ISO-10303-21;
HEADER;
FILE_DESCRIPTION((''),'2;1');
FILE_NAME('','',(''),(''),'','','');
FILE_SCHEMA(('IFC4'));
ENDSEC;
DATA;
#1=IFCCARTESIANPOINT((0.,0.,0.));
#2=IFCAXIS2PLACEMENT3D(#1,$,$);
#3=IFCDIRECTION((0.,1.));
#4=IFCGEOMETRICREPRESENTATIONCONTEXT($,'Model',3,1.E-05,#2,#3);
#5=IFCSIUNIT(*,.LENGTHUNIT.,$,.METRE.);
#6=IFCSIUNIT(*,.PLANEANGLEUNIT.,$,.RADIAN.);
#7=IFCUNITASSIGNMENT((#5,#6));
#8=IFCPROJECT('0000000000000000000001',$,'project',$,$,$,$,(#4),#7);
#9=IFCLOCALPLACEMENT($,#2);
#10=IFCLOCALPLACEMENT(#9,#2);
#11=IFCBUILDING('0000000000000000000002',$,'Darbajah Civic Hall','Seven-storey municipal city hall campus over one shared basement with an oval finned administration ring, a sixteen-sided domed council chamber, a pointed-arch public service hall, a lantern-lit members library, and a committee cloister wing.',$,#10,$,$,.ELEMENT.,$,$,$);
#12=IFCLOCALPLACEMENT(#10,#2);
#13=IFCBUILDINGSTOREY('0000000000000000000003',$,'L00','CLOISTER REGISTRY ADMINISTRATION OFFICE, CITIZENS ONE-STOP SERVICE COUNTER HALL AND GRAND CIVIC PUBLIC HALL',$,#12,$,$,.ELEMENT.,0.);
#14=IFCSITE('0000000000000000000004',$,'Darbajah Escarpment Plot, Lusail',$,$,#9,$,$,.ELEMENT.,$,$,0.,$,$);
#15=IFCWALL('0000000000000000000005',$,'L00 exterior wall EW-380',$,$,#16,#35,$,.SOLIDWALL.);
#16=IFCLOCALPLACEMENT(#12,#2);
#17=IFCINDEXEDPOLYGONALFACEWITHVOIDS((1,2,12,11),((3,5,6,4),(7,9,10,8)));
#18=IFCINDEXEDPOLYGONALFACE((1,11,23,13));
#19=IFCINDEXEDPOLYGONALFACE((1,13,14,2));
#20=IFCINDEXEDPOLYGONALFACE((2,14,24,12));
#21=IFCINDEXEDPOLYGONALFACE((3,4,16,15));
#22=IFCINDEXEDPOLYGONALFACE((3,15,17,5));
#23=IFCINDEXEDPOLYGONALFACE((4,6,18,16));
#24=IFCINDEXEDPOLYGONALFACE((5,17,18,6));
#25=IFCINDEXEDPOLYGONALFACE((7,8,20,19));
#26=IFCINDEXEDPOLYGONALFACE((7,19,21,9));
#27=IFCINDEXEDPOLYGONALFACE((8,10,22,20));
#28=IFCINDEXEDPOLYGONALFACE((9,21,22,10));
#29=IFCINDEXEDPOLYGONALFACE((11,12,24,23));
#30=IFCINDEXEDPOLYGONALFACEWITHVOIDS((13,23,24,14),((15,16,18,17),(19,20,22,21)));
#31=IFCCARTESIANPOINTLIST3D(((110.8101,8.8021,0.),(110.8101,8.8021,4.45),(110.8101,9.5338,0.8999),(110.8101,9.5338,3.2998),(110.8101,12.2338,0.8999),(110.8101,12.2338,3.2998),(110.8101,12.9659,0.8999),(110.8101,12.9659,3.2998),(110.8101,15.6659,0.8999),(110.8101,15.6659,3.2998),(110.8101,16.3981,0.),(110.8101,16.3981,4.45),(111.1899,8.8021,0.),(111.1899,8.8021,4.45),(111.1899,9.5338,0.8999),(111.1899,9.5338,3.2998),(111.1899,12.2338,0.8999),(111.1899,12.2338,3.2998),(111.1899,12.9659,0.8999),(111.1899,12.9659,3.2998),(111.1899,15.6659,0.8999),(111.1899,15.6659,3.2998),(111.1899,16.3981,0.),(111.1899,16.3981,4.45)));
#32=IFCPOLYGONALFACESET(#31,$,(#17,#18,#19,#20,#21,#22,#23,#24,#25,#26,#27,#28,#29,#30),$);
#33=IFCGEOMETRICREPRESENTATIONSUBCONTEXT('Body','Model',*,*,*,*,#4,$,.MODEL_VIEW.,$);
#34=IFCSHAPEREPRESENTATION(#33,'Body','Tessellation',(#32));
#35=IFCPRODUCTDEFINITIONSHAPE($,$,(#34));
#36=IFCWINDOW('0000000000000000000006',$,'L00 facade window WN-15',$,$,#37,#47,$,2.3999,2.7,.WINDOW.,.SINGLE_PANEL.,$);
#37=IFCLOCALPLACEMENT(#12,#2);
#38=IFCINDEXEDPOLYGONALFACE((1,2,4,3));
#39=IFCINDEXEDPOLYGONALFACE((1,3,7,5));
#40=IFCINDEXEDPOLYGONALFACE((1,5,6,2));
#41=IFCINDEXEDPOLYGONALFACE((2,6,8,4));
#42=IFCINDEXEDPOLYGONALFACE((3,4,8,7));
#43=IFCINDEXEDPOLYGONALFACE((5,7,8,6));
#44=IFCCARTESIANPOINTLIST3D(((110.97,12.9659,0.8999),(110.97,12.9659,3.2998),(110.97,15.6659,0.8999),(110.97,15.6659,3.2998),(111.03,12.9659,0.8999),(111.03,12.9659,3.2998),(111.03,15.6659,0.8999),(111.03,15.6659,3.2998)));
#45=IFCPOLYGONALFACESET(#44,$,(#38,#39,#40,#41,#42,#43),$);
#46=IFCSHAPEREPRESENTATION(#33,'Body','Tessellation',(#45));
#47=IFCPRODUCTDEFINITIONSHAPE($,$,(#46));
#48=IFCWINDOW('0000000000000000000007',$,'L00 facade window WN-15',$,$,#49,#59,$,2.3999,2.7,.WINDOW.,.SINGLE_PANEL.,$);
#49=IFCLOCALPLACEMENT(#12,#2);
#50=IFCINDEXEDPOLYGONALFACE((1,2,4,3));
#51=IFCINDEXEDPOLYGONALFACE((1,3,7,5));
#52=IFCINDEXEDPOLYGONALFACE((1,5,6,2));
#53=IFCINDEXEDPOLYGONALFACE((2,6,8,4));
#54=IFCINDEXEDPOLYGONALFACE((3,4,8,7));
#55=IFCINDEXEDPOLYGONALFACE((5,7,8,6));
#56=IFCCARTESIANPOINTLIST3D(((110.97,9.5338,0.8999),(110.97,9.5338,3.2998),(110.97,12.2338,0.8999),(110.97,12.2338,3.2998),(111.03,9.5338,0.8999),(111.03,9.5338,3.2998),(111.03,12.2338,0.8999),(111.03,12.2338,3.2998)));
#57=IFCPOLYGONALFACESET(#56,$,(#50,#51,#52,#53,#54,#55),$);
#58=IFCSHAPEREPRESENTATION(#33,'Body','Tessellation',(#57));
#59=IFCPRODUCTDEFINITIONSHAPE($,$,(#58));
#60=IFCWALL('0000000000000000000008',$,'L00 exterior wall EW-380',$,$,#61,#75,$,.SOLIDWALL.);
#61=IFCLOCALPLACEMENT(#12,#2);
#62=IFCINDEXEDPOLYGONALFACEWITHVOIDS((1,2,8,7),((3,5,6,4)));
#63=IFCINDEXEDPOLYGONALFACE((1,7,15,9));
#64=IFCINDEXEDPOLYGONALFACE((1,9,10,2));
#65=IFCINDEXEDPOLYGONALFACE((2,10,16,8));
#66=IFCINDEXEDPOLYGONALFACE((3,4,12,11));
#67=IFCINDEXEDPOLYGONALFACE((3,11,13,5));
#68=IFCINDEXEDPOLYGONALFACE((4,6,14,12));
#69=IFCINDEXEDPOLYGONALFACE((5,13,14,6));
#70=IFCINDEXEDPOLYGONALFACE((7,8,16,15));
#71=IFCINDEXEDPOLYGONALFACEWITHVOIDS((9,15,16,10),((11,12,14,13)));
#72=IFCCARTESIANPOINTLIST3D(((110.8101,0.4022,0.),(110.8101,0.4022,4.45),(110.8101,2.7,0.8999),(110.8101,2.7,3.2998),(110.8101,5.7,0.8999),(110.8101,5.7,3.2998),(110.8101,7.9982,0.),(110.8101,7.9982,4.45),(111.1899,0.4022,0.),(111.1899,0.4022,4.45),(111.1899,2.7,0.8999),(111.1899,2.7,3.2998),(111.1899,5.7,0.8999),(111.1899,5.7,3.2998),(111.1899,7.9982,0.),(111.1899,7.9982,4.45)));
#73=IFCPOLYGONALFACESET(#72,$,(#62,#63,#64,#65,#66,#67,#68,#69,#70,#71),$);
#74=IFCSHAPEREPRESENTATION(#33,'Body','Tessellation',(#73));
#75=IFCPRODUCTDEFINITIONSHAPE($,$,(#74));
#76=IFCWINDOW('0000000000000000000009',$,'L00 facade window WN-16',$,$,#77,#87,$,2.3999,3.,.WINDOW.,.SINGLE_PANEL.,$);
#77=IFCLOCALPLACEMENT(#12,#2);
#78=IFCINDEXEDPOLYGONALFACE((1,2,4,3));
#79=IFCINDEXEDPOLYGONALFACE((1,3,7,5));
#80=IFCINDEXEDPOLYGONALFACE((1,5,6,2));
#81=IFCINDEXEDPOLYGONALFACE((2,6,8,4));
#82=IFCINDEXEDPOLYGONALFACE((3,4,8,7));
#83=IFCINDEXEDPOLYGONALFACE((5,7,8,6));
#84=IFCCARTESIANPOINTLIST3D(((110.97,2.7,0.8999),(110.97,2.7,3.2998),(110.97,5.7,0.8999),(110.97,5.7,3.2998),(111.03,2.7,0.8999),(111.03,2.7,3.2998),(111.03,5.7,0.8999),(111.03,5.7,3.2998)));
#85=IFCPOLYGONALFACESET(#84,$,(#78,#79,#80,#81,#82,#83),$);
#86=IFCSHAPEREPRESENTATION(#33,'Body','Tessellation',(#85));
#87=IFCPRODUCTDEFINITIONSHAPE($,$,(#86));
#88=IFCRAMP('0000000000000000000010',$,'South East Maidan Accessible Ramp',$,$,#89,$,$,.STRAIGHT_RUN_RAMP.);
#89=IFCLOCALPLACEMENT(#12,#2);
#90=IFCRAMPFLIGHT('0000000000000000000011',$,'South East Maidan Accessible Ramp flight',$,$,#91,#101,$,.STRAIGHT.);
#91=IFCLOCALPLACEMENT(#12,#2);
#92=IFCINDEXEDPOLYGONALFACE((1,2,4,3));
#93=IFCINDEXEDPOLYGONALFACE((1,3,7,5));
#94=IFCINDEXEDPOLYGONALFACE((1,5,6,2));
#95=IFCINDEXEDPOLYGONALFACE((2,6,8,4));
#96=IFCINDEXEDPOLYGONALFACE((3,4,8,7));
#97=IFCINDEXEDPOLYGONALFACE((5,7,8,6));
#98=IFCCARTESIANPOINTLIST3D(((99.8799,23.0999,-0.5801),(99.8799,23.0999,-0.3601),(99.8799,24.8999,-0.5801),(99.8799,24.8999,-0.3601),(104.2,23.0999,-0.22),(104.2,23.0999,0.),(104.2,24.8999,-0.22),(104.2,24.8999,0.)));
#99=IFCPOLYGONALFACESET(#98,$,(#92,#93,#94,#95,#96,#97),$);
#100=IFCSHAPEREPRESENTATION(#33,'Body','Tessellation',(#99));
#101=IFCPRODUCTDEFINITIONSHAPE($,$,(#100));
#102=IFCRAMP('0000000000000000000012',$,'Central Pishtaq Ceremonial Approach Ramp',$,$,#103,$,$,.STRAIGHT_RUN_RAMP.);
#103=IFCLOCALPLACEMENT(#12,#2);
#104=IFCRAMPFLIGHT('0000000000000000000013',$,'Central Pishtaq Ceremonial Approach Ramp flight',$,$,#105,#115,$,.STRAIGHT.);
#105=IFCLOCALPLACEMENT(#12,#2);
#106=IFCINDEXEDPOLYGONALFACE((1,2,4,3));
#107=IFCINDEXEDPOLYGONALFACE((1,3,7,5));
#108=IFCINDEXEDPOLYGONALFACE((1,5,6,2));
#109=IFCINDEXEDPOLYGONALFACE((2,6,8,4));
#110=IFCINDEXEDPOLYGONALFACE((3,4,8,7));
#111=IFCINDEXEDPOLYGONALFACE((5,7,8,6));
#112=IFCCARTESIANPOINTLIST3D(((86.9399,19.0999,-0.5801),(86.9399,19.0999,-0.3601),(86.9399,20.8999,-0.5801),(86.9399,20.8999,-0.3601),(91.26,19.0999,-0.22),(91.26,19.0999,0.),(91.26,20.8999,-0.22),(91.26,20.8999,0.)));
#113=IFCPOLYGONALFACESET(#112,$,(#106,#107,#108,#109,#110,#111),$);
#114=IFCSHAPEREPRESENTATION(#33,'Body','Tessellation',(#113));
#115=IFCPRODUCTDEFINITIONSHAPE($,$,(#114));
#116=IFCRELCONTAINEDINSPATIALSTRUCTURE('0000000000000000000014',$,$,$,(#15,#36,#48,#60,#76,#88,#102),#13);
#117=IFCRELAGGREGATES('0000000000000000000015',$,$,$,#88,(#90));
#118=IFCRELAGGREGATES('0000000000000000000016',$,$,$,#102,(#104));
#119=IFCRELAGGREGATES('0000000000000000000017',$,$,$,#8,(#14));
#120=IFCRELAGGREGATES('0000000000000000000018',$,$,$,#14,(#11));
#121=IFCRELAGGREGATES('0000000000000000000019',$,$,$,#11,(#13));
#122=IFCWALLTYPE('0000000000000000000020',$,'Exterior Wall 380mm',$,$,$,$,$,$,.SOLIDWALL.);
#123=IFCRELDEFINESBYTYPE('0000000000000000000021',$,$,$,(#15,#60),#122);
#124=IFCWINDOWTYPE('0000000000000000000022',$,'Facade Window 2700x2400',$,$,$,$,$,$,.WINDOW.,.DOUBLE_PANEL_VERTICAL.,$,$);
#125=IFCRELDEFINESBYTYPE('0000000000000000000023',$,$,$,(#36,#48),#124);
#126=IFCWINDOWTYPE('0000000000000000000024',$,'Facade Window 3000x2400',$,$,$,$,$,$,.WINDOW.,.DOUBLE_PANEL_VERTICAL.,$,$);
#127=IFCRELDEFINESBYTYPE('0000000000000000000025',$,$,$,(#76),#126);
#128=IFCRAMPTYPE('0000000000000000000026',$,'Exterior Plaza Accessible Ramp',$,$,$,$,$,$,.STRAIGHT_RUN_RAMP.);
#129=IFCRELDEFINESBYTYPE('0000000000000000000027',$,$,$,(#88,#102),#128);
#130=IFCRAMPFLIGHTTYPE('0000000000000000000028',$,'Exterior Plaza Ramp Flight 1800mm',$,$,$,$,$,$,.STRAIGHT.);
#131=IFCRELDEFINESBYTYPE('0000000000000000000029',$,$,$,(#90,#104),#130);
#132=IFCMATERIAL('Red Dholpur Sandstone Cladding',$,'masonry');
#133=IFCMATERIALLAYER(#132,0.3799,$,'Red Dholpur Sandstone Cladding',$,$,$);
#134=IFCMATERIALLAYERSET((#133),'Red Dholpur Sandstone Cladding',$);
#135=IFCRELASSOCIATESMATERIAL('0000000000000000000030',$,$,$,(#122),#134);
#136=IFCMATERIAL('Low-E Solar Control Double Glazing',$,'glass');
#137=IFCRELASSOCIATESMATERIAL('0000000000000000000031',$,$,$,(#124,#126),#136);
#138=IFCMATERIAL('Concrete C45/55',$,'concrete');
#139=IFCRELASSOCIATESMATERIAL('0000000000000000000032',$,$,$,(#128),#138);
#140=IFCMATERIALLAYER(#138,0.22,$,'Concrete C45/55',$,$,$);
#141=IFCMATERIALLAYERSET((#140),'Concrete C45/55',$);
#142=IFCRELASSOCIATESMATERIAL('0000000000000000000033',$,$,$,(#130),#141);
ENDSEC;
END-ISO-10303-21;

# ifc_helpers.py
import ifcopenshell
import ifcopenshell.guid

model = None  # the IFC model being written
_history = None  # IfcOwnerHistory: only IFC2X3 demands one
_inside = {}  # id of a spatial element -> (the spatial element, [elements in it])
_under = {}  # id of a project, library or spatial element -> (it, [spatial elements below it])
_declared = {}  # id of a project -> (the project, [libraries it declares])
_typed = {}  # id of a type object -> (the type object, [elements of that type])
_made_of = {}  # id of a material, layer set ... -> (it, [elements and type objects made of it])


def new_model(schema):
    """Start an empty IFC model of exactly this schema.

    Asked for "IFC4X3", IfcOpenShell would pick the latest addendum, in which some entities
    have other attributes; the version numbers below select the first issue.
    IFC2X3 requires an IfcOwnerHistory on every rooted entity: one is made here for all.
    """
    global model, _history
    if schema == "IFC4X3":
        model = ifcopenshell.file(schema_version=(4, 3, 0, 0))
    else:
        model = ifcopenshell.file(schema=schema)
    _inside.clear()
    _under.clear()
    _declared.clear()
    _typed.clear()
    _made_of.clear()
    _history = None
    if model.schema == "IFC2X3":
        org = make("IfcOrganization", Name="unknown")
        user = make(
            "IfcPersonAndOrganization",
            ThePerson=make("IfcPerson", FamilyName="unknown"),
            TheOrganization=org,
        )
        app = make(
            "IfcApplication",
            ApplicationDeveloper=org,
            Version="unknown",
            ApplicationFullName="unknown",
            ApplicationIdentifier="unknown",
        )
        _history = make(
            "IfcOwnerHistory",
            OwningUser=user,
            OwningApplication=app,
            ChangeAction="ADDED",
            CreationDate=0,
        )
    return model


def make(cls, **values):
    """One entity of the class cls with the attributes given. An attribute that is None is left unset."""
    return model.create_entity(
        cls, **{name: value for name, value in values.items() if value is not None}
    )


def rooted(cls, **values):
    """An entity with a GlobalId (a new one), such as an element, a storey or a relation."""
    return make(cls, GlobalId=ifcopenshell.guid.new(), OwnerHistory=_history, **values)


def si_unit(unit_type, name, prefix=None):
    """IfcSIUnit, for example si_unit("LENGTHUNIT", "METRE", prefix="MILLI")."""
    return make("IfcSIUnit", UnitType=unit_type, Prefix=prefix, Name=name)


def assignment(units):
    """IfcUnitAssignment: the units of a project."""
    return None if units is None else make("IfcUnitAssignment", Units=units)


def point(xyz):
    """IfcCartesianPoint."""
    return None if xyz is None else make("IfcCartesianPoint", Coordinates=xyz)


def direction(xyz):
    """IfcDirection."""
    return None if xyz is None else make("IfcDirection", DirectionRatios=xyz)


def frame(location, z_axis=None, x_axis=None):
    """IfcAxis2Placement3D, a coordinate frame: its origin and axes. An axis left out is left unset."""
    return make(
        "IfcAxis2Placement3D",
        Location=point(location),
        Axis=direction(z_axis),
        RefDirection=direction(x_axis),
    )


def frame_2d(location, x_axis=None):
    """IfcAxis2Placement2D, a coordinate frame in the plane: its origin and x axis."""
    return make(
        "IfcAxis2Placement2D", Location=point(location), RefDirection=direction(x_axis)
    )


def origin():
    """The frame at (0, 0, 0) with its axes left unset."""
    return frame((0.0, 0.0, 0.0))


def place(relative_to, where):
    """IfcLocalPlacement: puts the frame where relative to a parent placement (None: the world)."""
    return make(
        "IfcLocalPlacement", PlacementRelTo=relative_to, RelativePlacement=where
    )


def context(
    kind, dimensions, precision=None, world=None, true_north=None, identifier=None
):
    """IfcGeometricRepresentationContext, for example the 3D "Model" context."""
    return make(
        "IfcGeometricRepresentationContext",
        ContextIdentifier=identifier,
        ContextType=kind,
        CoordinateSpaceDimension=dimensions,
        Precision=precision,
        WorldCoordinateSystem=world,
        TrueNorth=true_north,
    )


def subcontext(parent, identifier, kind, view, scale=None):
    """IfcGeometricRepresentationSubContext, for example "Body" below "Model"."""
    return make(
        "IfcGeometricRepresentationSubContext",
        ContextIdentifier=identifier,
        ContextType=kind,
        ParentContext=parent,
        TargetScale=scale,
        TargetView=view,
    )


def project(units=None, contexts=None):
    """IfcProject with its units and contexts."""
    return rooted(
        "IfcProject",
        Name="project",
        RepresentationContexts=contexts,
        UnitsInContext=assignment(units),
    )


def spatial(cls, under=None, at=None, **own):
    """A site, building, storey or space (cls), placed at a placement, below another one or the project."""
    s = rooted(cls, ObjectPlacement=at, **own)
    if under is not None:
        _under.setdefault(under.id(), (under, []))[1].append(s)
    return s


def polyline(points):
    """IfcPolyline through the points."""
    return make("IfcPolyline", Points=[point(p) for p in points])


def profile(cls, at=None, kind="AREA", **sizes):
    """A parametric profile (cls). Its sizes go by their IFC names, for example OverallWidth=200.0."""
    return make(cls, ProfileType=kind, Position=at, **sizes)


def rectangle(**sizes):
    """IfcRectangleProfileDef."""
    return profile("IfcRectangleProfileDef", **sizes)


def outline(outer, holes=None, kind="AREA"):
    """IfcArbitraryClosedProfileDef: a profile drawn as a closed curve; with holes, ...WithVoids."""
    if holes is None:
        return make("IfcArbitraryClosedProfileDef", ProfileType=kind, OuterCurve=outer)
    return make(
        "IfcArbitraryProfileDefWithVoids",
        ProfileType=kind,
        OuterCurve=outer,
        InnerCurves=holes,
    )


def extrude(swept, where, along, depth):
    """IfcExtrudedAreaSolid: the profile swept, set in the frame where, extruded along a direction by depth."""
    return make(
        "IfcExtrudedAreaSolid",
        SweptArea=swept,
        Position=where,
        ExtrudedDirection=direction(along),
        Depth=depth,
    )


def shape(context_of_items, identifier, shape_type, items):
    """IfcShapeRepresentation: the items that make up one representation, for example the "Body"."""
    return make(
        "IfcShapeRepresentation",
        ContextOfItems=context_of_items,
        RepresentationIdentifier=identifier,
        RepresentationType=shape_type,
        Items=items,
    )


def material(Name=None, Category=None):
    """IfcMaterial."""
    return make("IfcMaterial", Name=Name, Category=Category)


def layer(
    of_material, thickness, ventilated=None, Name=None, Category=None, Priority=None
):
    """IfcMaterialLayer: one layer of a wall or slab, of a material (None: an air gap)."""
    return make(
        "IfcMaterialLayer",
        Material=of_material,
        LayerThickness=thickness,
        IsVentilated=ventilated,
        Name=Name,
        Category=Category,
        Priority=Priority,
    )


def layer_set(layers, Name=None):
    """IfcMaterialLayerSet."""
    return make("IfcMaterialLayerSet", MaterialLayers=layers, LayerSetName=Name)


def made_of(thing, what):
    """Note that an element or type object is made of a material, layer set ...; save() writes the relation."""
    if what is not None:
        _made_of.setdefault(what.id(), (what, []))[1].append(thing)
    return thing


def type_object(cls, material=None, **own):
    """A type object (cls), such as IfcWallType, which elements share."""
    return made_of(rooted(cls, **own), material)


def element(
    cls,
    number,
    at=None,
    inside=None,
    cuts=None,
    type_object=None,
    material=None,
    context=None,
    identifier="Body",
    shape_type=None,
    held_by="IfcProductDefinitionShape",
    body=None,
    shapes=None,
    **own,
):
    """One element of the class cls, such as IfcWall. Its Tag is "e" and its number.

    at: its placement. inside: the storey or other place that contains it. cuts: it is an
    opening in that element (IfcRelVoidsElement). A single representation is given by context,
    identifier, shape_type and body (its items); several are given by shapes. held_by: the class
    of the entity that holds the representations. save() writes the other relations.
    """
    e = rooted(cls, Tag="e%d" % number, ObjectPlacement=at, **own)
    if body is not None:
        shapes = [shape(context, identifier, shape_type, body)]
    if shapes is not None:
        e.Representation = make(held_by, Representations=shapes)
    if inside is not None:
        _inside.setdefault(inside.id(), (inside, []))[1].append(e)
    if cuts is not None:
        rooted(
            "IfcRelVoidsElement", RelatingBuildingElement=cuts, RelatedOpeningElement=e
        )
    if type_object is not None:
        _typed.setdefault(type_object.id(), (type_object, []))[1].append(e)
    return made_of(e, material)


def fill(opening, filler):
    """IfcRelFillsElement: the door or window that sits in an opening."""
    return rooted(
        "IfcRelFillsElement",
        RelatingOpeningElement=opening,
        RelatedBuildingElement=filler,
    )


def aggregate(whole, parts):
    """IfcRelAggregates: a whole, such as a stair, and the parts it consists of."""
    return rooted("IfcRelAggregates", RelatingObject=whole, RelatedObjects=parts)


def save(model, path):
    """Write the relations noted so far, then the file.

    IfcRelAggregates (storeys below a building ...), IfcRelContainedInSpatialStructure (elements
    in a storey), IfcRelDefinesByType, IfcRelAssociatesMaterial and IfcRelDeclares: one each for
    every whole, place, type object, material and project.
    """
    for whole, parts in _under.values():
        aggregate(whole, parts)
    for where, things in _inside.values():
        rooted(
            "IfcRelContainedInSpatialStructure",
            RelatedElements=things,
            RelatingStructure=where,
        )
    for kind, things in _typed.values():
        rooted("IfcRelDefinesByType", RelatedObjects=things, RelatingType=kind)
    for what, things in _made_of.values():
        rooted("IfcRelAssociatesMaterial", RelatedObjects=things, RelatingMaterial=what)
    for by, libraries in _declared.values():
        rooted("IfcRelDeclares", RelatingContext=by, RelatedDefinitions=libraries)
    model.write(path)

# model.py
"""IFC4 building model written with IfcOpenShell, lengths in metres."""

from ifc_helpers import new_model, si_unit, direction, frame, frame_2d, origin, place, context, subcontext, project, spatial, polyline, rectangle, outline, extrude, material, layer, layer_set, type_object, element, fill, aggregate, save


model = new_model("IFC4")

# Units and contexts
model_context = context("Model", 3, precision=1e-05, world=origin(), true_north=direction((0.0, 1.0)))
body_context = subcontext(model_context, "Body", "Model", "MODEL_VIEW")
ifc_project = project(units=[si_unit("LENGTHUNIT", "METRE"), si_unit("PLANEANGLEUNIT", "RADIAN")], contexts=[model_context])

# Site, building, storey
site_placement = place(None, origin())
site = spatial("IfcSite", under=ifc_project, at=site_placement, Name="Darbajah Escarpment Plot, Lusail", CompositionType="ELEMENT", RefElevation=0.0)
building_placement = place(site_placement, origin())
building = spatial("IfcBuilding", under=site, at=building_placement, Name="Darbajah Civic Hall", Description="Seven-storey municipal city hall campus over one shared basement with an oval finned administration ring, a sixteen-sided domed council chamber, a pointed-arch public service hall, a lantern-lit members library, and a committee cloister wing.", CompositionType="ELEMENT")
storey_placement = place(building_placement, origin())
storey = spatial("IfcBuildingStorey", under=building, at=storey_placement, Name="L00", Description="CLOISTER REGISTRY ADMINISTRATION OFFICE, CITIZENS ONE-STOP SERVICE COUNTER HALL AND GRAND CIVIC PUBLIC HALL", CompositionType="ELEMENT", Elevation=0.0)

# Shared definitions
ifc_material_1 = material(Name="Concrete C45/55", Category="concrete")

# Wall, openings, windows
ifc_material_2 = material(Name="Red Dholpur Sandstone Cladding", Category="masonry")
ifc_layer_1 = layer(ifc_material_2, 0.3799, Name="Red Dholpur Sandstone Cladding")
ifc_layer_set_1 = layer_set([ifc_layer_1], Name="Red Dholpur Sandstone Cladding")
wall_type = type_object("IfcWallType", Name="Exterior Wall 380mm", PredefinedType="SOLIDWALL", material=ifc_layer_set_1)
ifc_material_3 = material(Name="Low-E Solar Control Double Glazing", Category="glass")
wall_1_placement = place(storey_placement, frame((111.0, 16.3979, 0.0), z_axis=(0.0, 0.0, 1.0), x_axis=(0.0, -1.0, 0.0)))
wall_1 = element("IfcWall", 1, at=wall_1_placement, inside=storey, type_object=wall_type, Name="L00 exterior wall EW-380", PredefinedType="SOLIDWALL", context=body_context, shape_type="SweptSolid", body=[
    extrude(rectangle(XDim=7.5959, YDim=0.3799, at=frame_2d((3.7979, 0.0))), origin(), (0.0, 0.0, 1.0), 4.45),
])
opening_1_placement = place(wall_1_placement, frame((0.7319, 0.0, 0.8999)))
opening_1 = element("IfcOpeningElement", 2, at=opening_1_placement, cuts=wall_1, PredefinedType="OPENING", context=body_context, shape_type="SweptSolid", body=[
    extrude(rectangle(XDim=2.7, YDim=2.3999, at=frame_2d((1.3501, 1.2))), frame((0.0, 0.2, 0.0), z_axis=(0.0, -1.0, 0.0), x_axis=(1.0, 0.0, 0.0)), (0.0, 0.0, 1.0), 0.3999),
])
opening_2_placement = place(wall_1_placement, frame((4.1641, 0.0, 0.8999)))
opening_2 = element("IfcOpeningElement", 3, at=opening_2_placement, cuts=wall_1, PredefinedType="OPENING", context=body_context, shape_type="SweptSolid", body=[
    extrude(rectangle(XDim=2.7, YDim=2.3999, at=frame_2d((1.3501, 1.2))), frame((0.0, 0.2, 0.0), z_axis=(0.0, -1.0, 0.0), x_axis=(1.0, 0.0, 0.0)), (0.0, 0.0, 1.0), 0.3999),
])
window_type_1 = type_object("IfcWindowType", Name="Facade Window 2700x2400", PartitioningType="DOUBLE_PANEL_VERTICAL", PredefinedType="WINDOW", material=ifc_material_3)
window_1_placement = place(opening_1_placement, origin())
window_1 = element("IfcWindow", 4, at=window_1_placement, inside=storey, type_object=window_type_1, Name="L00 facade window WN-15", OverallHeight=2.3999, OverallWidth=2.7, PartitioningType="SINGLE_PANEL", PredefinedType="WINDOW", context=body_context, shape_type="SweptSolid", body=[
    extrude(rectangle(XDim=2.7, YDim=2.3999, at=frame_2d((1.3501, 1.2))), frame((0.0, 0.03, 0.0), z_axis=(0.0, -1.0, 0.0), x_axis=(1.0, 0.0, 0.0)), (0.0, 0.0, 1.0), 0.0601),
])
fill(opening_1, window_1)
window_2_placement = place(opening_2_placement, origin())
window_2 = element("IfcWindow", 5, at=window_2_placement, inside=storey, type_object=window_type_1, Name="L00 facade window WN-15", OverallHeight=2.3999, OverallWidth=2.7, PartitioningType="SINGLE_PANEL", PredefinedType="WINDOW", context=body_context, shape_type="SweptSolid", body=[
    extrude(rectangle(XDim=2.7, YDim=2.3999, at=frame_2d((1.3501, 1.2))), frame((0.0, 0.03, 0.0), z_axis=(0.0, -1.0, 0.0), x_axis=(1.0, 0.0, 0.0)), (0.0, 0.0, 1.0), 0.0601),
])
fill(opening_2, window_2)

# Wall, opening, window
wall_2_placement = place(storey_placement, frame((111.0, 7.998, 0.0), z_axis=(0.0, 0.0, 1.0), x_axis=(0.0, -1.0, 0.0)))
wall_2 = element("IfcWall", 6, at=wall_2_placement, inside=storey, type_object=wall_type, Name="L00 exterior wall EW-380", PredefinedType="SOLIDWALL", context=body_context, shape_type="SweptSolid", body=[
    extrude(rectangle(XDim=7.5959, YDim=0.3799, at=frame_2d((3.7979, 0.0))), origin(), (0.0, 0.0, 1.0), 4.45),
])
opening_3_placement = place(wall_2_placement, frame((2.2981, 0.0, 0.8999)))
opening_3 = element("IfcOpeningElement", 7, at=opening_3_placement, cuts=wall_2, PredefinedType="OPENING", context=body_context, shape_type="SweptSolid", body=[
    extrude(rectangle(XDim=3.0, YDim=2.3999, at=frame_2d((1.5, 1.2))), frame((0.0, 0.2, 0.0), z_axis=(0.0, -1.0, 0.0), x_axis=(1.0, 0.0, 0.0)), (0.0, 0.0, 1.0), 0.3999),
])
window_type_2 = type_object("IfcWindowType", Name="Facade Window 3000x2400", PartitioningType="DOUBLE_PANEL_VERTICAL", PredefinedType="WINDOW", material=ifc_material_3)
window_3_placement = place(opening_3_placement, origin())
window_3 = element("IfcWindow", 8, at=window_3_placement, inside=storey, type_object=window_type_2, Name="L00 facade window WN-16", OverallHeight=2.3999, OverallWidth=3.0, PartitioningType="SINGLE_PANEL", PredefinedType="WINDOW", context=body_context, shape_type="SweptSolid", body=[
    extrude(rectangle(XDim=3.0, YDim=2.3999, at=frame_2d((1.5, 1.2))), frame((0.0, 0.03, 0.0), z_axis=(0.0, -1.0, 0.0), x_axis=(1.0, 0.0, 0.0)), (0.0, 0.0, 1.0), 0.0601),
])
fill(opening_3, window_3)

# Ramps, ramp flights
ramp_type = type_object("IfcRampType", Name="Exterior Plaza Accessible Ramp", PredefinedType="STRAIGHT_RUN_RAMP", material=ifc_material_1)
ramp_1_placement = place(storey_placement, origin())
ramp_1 = element("IfcRamp", 9, at=ramp_1_placement, inside=storey, type_object=ramp_type, Name="South East Maidan Accessible Ramp", PredefinedType="STRAIGHT_RUN_RAMP")
ifc_layer_2 = layer(ifc_material_1, 0.22, Name="Concrete C45/55")
ifc_layer_set_2 = layer_set([ifc_layer_2], Name="Concrete C45/55")
ramp_flight_type = type_object("IfcRampFlightType", Name="Exterior Plaza Ramp Flight 1800mm", PredefinedType="STRAIGHT", material=ifc_layer_set_2)
ramp_flight_1_placement = place(storey_placement, frame((99.8799, 24.0, -0.3601), z_axis=(0.0, 0.0, 1.0), x_axis=(1.0, 0.0, 0.0)))
ramp_flight_1 = element("IfcRampFlight", 10, at=ramp_flight_1_placement, type_object=ramp_flight_type, Name="South East Maidan Accessible Ramp flight", PredefinedType="STRAIGHT", context=body_context, shape_type="SweptSolid", body=[
    extrude(outline(polyline([(0.0, 0.0), (4.3201, 0.3601), (4.3201, 0.1401), (0.0, -0.22), (0.0, 0.0)])), frame((0.0, 0.8999, 0.0), z_axis=(0.0, -1.0, 0.0), x_axis=(1.0, 0.0, 0.0)), (0.0, 0.0, 1.0), 1.8),
])
aggregate(ramp_1, [ramp_flight_1])
ramp_2_placement = place(storey_placement, origin())
ramp_2 = element("IfcRamp", 11, at=ramp_2_placement, inside=storey, type_object=ramp_type, Name="Central Pishtaq Ceremonial Approach Ramp", PredefinedType="STRAIGHT_RUN_RAMP")
ramp_flight_2_placement = place(storey_placement, frame((86.9399, 20.0, -0.3601), z_axis=(0.0, 0.0, 1.0), x_axis=(1.0, 0.0, 0.0)))
ramp_flight_2 = element("IfcRampFlight", 12, at=ramp_flight_2_placement, type_object=ramp_flight_type, Name="Central Pishtaq Ceremonial Approach Ramp flight", PredefinedType="STRAIGHT", context=body_context, shape_type="SweptSolid", body=[
    extrude(outline(polyline([(0.0, 0.0), (4.3201, 0.3601), (4.3201, 0.1401), (0.0, -0.22), (0.0, 0.0)])), frame((0.0, 0.8999, 0.0), z_axis=(0.0, -1.0, 0.0), x_axis=(1.0, 0.0, 0.0)), (0.0, 0.0, 1.0), 1.8),
])
aggregate(ramp_2, [ramp_flight_2])

save(model, "model.ifc")
